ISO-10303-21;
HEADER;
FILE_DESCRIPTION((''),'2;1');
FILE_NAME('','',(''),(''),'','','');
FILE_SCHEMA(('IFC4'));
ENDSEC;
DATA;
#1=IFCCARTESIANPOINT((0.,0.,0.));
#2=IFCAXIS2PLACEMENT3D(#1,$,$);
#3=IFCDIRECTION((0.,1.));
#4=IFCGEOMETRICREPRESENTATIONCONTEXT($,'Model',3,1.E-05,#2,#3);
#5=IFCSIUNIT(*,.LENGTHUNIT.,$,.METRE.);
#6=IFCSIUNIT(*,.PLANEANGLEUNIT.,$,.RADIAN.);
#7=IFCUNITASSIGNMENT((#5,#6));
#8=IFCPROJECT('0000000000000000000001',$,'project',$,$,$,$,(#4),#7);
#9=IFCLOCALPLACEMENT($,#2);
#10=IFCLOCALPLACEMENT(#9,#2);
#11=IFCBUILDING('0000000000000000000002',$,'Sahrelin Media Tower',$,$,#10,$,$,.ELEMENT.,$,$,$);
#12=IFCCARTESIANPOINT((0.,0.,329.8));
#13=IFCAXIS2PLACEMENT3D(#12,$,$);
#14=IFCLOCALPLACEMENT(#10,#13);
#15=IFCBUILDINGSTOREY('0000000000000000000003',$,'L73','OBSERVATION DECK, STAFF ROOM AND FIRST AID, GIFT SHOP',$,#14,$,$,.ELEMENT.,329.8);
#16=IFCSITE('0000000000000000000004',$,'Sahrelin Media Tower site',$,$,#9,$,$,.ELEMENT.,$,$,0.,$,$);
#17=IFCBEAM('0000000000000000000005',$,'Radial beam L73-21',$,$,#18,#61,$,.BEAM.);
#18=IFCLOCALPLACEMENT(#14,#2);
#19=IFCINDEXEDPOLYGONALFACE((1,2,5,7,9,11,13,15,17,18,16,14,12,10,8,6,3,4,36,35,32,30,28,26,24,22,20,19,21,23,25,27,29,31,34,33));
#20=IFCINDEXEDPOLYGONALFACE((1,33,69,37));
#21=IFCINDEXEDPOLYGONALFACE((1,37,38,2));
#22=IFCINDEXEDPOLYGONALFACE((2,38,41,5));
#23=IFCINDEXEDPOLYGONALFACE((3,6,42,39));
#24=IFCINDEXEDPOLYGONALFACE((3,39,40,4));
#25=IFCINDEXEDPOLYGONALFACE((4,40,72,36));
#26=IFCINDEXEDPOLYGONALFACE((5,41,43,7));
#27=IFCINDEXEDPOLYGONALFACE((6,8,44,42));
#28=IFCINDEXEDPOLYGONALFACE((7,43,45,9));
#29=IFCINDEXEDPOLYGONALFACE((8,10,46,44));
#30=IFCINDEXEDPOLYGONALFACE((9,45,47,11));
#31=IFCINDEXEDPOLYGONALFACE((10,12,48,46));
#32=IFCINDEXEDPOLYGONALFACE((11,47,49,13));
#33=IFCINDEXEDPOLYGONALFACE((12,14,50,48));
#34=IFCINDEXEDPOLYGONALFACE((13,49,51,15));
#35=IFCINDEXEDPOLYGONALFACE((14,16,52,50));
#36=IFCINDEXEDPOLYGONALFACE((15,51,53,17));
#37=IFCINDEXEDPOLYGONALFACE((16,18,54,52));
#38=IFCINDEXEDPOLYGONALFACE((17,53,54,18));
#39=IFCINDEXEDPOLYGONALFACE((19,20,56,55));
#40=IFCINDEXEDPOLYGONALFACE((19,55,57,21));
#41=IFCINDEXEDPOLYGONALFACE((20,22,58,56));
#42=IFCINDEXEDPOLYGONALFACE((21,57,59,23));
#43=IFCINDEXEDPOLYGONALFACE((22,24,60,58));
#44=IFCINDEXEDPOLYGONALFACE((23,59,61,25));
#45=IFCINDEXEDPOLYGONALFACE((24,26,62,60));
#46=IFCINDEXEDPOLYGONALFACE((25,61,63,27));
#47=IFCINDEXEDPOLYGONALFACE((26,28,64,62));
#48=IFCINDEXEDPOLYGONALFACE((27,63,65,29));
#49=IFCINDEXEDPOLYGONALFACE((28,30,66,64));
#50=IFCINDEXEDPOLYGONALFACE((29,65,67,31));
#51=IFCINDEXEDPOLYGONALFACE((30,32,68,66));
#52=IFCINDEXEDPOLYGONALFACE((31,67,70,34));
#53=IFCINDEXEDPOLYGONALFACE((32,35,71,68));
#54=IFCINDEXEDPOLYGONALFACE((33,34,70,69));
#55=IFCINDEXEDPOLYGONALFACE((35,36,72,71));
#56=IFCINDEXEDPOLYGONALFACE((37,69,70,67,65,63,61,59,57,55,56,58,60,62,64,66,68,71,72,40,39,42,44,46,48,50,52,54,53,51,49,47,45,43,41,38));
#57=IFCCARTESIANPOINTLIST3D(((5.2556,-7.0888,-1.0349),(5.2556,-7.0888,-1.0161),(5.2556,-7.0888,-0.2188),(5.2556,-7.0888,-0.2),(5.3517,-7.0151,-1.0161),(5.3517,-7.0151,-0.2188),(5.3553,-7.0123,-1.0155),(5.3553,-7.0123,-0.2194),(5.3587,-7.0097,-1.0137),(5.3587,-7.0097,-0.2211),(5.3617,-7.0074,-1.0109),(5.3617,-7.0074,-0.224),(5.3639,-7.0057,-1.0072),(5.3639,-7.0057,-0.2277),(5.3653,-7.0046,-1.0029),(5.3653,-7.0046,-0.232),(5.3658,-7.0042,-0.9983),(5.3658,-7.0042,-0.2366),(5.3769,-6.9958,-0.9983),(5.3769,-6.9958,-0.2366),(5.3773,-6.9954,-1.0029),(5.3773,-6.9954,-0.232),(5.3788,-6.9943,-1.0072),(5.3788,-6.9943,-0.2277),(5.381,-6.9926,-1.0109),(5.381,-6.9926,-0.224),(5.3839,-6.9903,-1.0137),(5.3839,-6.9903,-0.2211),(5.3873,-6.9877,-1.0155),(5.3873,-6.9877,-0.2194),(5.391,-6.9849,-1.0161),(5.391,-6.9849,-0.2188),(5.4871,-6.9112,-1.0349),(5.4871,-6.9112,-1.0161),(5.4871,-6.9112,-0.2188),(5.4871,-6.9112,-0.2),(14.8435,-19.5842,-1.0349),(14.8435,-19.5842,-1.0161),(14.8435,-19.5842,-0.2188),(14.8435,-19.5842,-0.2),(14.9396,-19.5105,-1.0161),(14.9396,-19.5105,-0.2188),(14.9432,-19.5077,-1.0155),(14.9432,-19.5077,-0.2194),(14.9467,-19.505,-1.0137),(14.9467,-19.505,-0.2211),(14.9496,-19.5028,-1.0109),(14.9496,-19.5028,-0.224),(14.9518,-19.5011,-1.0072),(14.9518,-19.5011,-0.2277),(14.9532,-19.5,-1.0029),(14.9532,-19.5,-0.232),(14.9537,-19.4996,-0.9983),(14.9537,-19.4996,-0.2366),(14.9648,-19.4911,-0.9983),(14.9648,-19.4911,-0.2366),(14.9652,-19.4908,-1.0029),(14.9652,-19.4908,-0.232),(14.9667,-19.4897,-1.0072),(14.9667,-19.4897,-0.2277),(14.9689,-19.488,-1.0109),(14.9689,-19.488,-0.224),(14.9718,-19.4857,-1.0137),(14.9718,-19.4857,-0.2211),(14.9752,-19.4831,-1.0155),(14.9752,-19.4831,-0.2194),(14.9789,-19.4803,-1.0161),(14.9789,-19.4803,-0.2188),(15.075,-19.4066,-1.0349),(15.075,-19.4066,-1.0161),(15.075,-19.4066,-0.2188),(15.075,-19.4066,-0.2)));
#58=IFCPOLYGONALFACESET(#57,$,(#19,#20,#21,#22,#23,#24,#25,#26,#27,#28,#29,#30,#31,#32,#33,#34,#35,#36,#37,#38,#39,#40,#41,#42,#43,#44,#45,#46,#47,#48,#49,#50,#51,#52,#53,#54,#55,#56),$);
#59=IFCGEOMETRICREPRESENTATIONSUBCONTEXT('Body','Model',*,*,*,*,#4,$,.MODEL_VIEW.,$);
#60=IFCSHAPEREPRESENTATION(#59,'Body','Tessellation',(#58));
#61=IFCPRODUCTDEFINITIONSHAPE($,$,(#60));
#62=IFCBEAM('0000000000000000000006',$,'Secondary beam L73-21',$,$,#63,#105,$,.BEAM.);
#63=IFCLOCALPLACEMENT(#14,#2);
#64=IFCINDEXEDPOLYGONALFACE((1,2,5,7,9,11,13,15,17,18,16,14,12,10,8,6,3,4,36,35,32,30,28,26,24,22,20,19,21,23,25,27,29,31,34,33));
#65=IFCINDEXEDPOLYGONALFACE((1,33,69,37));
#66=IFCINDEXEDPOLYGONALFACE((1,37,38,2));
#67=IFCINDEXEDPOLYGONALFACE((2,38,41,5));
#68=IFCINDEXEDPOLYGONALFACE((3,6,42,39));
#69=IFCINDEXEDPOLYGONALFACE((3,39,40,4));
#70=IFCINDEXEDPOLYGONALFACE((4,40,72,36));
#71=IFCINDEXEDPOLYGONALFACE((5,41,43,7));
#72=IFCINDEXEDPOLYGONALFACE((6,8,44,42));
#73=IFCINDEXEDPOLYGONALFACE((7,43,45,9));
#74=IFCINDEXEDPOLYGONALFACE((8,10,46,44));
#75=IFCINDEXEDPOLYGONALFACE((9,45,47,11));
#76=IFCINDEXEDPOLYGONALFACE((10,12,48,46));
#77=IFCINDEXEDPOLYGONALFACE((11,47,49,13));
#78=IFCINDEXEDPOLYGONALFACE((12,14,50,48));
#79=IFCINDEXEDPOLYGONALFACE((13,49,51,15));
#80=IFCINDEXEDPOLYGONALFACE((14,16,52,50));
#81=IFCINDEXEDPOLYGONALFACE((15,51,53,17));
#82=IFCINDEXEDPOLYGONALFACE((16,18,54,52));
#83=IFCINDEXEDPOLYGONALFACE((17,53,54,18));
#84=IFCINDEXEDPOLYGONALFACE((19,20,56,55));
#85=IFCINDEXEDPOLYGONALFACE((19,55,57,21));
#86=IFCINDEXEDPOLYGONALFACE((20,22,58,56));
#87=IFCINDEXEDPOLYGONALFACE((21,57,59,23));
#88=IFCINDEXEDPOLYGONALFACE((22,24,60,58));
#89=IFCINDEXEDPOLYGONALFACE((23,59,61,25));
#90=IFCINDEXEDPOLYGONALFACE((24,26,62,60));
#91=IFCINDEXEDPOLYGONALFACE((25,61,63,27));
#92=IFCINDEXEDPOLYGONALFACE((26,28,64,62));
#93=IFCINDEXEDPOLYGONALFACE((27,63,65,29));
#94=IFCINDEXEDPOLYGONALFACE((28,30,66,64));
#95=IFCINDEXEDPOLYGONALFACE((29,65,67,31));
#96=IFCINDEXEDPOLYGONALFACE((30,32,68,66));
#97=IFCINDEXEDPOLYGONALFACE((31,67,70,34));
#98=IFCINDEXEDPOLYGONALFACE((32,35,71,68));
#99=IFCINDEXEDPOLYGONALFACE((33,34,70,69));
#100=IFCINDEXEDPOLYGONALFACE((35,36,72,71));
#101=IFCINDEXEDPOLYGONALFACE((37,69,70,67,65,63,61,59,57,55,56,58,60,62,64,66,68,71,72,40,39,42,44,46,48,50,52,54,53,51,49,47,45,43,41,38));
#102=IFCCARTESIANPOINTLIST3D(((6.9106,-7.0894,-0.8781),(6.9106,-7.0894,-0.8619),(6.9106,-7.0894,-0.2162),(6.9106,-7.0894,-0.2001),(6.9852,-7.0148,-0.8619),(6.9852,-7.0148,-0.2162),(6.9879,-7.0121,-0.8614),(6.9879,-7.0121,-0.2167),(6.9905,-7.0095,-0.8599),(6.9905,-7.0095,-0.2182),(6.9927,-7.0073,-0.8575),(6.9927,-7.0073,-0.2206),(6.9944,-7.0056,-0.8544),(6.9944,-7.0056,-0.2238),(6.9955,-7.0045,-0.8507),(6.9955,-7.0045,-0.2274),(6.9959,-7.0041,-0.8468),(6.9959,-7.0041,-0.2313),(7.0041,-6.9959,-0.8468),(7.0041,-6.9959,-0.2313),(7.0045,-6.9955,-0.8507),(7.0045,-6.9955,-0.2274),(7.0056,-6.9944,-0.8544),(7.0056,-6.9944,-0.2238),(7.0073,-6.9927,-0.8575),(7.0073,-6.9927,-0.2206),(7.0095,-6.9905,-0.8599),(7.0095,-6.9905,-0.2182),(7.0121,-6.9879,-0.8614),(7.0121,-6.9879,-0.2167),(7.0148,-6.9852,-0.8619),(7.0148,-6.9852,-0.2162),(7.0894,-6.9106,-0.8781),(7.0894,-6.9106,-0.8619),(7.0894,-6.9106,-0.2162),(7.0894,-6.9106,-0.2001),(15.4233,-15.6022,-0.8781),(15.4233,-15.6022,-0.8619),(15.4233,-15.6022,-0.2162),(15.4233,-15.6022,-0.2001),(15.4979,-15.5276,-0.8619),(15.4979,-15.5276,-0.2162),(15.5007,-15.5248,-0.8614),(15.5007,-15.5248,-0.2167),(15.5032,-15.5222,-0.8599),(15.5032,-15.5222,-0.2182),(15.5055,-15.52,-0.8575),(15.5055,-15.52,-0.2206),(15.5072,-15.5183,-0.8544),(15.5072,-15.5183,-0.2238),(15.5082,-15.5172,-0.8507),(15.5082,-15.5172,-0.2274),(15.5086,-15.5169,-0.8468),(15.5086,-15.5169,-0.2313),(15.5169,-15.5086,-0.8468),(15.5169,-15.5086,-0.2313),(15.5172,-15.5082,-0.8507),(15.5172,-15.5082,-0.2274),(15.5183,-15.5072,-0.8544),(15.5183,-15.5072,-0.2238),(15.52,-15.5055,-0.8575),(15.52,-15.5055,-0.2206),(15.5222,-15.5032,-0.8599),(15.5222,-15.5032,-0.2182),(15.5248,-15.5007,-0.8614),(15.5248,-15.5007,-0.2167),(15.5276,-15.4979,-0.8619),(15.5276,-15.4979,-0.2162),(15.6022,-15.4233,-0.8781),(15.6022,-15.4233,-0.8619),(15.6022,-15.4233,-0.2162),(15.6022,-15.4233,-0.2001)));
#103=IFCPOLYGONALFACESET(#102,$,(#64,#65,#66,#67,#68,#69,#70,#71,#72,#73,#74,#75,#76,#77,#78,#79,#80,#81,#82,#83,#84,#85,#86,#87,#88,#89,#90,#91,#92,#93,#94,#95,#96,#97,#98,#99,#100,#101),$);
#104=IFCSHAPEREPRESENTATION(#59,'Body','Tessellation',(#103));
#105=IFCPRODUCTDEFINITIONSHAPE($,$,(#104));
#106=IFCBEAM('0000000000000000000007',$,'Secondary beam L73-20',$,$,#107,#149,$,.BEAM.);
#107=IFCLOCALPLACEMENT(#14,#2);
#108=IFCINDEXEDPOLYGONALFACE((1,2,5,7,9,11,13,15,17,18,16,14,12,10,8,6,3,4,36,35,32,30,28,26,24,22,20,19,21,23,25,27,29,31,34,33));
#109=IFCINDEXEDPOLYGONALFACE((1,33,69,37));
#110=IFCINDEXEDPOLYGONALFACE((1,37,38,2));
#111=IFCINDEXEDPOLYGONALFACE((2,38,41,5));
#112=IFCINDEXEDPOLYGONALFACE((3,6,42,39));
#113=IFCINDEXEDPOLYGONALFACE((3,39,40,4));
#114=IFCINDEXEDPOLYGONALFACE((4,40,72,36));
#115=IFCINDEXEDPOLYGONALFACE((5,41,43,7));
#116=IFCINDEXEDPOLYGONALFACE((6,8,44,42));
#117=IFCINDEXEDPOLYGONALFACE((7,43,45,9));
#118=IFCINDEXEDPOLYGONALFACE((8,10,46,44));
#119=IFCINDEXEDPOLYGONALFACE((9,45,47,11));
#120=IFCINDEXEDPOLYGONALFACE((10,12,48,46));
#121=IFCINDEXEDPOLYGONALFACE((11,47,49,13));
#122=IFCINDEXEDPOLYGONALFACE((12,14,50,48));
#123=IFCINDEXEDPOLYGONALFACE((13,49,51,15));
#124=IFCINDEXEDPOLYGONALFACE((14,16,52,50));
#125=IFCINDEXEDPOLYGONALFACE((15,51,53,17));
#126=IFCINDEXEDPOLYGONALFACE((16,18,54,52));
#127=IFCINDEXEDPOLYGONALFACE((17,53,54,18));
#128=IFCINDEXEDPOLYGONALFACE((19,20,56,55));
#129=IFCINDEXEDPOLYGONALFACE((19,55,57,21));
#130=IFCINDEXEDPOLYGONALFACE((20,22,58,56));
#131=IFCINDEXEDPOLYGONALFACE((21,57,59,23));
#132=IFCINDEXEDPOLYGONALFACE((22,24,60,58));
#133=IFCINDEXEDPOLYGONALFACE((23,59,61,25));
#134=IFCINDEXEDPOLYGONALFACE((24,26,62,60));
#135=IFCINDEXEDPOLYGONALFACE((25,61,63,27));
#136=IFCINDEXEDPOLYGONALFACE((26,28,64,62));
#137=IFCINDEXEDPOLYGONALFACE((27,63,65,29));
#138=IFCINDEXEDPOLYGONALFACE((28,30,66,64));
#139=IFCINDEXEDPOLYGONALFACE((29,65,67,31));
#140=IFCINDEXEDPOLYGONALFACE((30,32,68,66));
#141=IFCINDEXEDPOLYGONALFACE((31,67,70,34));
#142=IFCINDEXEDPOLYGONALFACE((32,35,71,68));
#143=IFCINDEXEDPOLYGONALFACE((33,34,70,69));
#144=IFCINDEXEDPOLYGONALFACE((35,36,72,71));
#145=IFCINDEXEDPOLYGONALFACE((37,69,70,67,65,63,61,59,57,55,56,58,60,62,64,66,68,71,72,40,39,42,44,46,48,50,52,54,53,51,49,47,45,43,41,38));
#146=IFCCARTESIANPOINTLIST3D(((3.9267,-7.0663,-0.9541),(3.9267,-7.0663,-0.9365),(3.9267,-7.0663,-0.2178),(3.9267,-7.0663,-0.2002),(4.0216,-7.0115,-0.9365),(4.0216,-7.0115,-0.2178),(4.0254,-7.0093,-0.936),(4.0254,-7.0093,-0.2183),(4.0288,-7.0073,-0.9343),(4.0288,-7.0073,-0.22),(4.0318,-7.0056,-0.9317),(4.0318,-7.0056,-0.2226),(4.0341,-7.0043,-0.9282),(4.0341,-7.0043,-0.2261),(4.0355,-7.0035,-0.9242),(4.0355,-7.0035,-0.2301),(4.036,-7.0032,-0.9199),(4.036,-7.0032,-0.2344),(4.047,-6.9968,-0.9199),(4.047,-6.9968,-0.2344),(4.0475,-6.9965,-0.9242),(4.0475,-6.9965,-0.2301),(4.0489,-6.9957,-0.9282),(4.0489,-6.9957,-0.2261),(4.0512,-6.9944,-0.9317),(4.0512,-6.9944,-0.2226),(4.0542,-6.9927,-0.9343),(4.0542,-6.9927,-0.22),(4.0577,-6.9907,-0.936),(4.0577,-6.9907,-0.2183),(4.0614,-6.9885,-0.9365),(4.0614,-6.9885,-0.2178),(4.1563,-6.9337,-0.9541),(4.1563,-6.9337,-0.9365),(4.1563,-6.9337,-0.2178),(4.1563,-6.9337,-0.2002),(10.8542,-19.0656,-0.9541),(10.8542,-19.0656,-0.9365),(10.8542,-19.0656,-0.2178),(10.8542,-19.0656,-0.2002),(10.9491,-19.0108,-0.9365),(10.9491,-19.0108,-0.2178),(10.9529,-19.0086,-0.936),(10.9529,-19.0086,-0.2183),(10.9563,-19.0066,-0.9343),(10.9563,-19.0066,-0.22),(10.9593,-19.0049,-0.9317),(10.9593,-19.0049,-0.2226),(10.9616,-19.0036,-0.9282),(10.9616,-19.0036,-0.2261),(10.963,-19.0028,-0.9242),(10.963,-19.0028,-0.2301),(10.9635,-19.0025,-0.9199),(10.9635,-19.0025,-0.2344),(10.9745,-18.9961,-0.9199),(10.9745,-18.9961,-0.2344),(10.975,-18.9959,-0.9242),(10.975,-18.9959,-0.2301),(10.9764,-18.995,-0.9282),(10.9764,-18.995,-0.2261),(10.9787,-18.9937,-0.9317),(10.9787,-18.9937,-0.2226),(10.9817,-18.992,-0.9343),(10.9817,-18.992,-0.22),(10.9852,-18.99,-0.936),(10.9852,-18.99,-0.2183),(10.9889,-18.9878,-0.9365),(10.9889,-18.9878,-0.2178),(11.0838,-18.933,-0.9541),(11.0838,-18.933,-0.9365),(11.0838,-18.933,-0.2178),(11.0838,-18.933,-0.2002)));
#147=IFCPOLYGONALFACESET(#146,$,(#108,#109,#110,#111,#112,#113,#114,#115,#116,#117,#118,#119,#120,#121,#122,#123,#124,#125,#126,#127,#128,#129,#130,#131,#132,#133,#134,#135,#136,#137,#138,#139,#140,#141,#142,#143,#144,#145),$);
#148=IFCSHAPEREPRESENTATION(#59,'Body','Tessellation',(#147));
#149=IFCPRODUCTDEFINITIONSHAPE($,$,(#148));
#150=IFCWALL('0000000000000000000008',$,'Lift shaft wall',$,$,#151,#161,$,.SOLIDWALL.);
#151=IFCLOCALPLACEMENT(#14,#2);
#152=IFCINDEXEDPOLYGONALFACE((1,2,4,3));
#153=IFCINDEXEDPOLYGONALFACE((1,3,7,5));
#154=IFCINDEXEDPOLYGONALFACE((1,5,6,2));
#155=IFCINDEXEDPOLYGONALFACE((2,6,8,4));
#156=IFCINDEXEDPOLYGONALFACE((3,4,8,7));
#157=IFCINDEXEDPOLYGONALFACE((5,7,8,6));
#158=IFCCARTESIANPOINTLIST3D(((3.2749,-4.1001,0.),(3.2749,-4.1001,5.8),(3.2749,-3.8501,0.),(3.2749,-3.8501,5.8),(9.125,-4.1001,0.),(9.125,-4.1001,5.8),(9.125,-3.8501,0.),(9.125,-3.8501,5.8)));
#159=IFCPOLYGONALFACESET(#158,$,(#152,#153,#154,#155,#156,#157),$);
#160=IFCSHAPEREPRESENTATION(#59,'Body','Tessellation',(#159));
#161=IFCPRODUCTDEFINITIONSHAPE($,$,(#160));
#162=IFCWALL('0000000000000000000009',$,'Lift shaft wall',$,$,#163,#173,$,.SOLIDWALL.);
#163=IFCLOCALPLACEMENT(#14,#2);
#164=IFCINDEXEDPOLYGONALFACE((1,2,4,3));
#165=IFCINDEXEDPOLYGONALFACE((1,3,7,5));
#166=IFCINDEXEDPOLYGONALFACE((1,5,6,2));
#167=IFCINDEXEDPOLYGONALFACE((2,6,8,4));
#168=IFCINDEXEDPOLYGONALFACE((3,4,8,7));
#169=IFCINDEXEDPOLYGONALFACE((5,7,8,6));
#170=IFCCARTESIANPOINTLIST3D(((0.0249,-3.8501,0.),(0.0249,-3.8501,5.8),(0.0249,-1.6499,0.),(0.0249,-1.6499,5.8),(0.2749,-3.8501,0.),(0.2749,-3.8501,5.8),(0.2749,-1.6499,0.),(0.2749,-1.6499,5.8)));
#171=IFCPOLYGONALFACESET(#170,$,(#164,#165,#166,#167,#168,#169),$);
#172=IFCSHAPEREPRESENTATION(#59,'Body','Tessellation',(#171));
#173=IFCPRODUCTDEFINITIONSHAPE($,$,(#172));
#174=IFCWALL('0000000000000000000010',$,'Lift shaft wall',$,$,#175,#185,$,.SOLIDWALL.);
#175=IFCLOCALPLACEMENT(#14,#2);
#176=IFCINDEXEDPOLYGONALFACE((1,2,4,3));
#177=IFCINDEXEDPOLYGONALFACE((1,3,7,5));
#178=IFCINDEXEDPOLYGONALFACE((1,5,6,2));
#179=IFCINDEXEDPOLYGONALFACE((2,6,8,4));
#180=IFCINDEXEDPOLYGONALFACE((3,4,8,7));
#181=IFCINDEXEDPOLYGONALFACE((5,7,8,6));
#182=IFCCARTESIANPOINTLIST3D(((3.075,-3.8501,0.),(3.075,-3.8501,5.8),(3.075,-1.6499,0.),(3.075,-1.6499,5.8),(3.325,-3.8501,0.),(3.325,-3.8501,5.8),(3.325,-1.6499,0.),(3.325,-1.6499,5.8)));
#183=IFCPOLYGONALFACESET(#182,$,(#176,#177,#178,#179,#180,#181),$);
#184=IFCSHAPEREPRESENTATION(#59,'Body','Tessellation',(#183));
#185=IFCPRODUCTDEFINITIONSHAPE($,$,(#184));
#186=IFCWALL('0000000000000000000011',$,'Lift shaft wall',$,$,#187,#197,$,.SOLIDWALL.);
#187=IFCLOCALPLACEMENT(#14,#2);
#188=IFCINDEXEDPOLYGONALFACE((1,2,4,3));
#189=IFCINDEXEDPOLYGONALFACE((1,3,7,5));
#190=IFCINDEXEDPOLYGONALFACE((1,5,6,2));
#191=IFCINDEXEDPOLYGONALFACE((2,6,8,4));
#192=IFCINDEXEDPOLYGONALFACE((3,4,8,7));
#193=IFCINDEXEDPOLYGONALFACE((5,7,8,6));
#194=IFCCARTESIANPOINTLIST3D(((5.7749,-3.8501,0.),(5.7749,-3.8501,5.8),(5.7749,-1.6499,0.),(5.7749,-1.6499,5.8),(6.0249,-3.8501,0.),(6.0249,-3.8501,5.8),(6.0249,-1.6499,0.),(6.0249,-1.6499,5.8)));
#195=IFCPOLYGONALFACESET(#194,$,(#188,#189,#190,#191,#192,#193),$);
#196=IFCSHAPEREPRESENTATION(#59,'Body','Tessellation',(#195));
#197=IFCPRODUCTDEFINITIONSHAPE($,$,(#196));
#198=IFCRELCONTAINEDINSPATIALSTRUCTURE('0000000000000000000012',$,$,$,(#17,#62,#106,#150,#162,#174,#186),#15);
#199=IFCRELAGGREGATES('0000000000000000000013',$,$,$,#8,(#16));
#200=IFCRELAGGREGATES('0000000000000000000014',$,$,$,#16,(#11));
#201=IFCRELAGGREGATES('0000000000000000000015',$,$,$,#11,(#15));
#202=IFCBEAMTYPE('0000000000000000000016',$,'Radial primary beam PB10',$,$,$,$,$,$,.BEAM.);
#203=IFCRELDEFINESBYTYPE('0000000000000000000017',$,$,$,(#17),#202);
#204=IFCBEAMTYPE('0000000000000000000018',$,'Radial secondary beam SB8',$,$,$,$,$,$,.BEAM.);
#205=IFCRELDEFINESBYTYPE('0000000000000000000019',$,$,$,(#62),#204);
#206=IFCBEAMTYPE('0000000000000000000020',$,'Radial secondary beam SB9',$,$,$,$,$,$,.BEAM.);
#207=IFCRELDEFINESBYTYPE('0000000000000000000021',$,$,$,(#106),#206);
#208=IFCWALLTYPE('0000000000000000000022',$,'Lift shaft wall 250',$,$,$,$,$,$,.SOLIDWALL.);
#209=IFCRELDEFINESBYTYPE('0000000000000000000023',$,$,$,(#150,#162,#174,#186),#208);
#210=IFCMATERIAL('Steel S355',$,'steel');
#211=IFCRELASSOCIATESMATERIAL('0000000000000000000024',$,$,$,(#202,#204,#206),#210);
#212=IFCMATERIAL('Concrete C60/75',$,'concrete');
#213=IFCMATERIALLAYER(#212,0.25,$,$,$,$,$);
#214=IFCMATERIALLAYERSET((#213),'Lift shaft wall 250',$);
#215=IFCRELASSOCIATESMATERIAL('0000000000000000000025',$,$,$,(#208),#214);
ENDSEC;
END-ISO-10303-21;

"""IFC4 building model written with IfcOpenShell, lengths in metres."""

from ifc_helpers import new_model, si_unit, direction, frame, frame_2d, origin, origin_2d, place, context, subcontext, project, spatial, rectangle, i_section, extrude, material, layer, layer_set, material_profile, profile_set, type_object, element, save


model = new_model("IFC4")

# Units and contexts
model_context = context("Model", 3, precision=1e-05, world=origin(), true_north=direction((0.0, 1.0)))
body_context = subcontext(model_context, "Body", "Model", "MODEL_VIEW")
ifc_project = project(units=[si_unit("LENGTHUNIT", "METRE"), si_unit("PLANEANGLEUNIT", "RADIAN")], contexts=[model_context])

# Site, building, storey
site_placement = place(None, origin())
site = spatial("IfcSite", under=ifc_project, at=site_placement, Name="Sahrelin Media Tower site", CompositionType="ELEMENT", RefElevation=0.0)
building_placement = place(site_placement, origin())
building = spatial("IfcBuilding", under=site, at=building_placement, Name="Sahrelin Media Tower", CompositionType="ELEMENT")
storey_placement = place(building_placement, frame((0.0, 0.0, 329.8)))
storey = spatial("IfcBuildingStorey", under=building, at=storey_placement, Name="L73", Description="OBSERVATION DECK, STAFF ROOM AND FIRST AID, GIFT SHOP", CompositionType="ELEMENT", Elevation=329.8)

# Beams
ifc_material_1 = material(Name="Steel S355", Category="steel")
ifc_material_profile_1 = material_profile(ifc_material_1, i_section(OverallWidth=0.2917, OverallDepth=0.835, WebThickness=0.0139, FlangeThickness=0.0188, FilletRadius=0.0178, at=origin_2d()), Name="UB 838x292x176")
ifc_profile_set_1 = profile_set([ifc_material_profile_1], Name="Steel S355")
beam_type_1 = type_object("IfcBeamType", Name="Radial primary beam PB10", PredefinedType="BEAM", material=ifc_profile_set_1)
beam_1_placement = place(storey_placement, frame((5.3713, -7.0, -0.6174), z_axis=(0.608756, -0.793358, 0.0), x_axis=(0.793358, 0.608756, 0.0)))
element("IfcBeam", 1, at=beam_1_placement, inside=storey, type_object=beam_type_1, Name="Radial beam L73-21", PredefinedType="BEAM", context=body_context, shape_type="SweptSolid", body=[
    extrude(i_section(OverallWidth=0.2917, OverallDepth=0.835, WebThickness=0.0139, FlangeThickness=0.0188, FilletRadius=0.0178, at=origin_2d()), origin(), (0.0, 0.0, 1.0), 15.75),
])
ifc_material_profile_2 = material_profile(ifc_material_1, i_section(OverallWidth=0.2529, OverallDepth=0.678, WebThickness=0.0117, FlangeThickness=0.0161, FilletRadius=0.0151, at=origin_2d()), Name="UB 686x254x125")
ifc_profile_set_2 = profile_set([ifc_material_profile_2], Name="Steel S355")
beam_type_2 = type_object("IfcBeamType", Name="Radial secondary beam SB8", PredefinedType="BEAM", material=ifc_profile_set_2)
beam_2_placement = place(storey_placement, frame((7.0, -7.0, -0.5391), z_axis=(0.707107, -0.707107, 0.0), x_axis=(0.707107, 0.707107, 0.0)))
element("IfcBeam", 2, at=beam_2_placement, inside=storey, type_object=beam_type_2, Name="Secondary beam L73-21", PredefinedType="BEAM", context=body_context, shape_type="SweptSolid", body=[
    extrude(i_section(OverallWidth=0.2529, OverallDepth=0.678, WebThickness=0.0117, FlangeThickness=0.0161, FilletRadius=0.0151, at=origin_2d()), origin(), (0.0, 0.0, 1.0), 12.0388),
])
ifc_material_profile_3 = material_profile(ifc_material_1, i_section(OverallWidth=0.2651, OverallDepth=0.7539, WebThickness=0.0127, FlangeThickness=0.0176, FilletRadius=0.0166, at=origin_2d()), Name="UB 762x267x147")
ifc_profile_set_3 = profile_set([ifc_material_profile_3], Name="Steel S355")
beam_type_3 = type_object("IfcBeamType", Name="Radial secondary beam SB9", PredefinedType="BEAM", material=ifc_profile_set_3)
beam_3_placement = place(storey_placement, frame((4.0415, -7.0, -0.5771), z_axis=(0.499984, -0.866034, 0.0), x_axis=(0.866034, 0.499984, 0.0)))
element("IfcBeam", 3, at=beam_3_placement, inside=storey, type_object=beam_type_3, Name="Secondary beam L73-20", PredefinedType="BEAM", context=body_context, shape_type="SweptSolid", body=[
    extrude(i_section(OverallWidth=0.2651, OverallDepth=0.7539, WebThickness=0.0127, FlangeThickness=0.0176, FilletRadius=0.0166, at=origin_2d()), origin(), (0.0, 0.0, 1.0), 13.8555),
])

# Walls
ifc_material_2 = material(Name="Concrete C60/75", Category="concrete")
ifc_layer_1 = layer(ifc_material_2, 0.25)
ifc_layer_set_1 = layer_set([ifc_layer_1], Name="Lift shaft wall 250")
wall_type_1 = type_object("IfcWallType", Name="Lift shaft wall 250", PredefinedType="SOLIDWALL", material=ifc_layer_set_1)
wall_1_placement = place(storey_placement, frame((3.2749, -3.9751, 0.0), z_axis=(0.0, 0.0, 1.0), x_axis=(1.0, 0.0, 0.0)))
element("IfcWall", 4, at=wall_1_placement, inside=storey, type_object=wall_type_1, Name="Lift shaft wall", PredefinedType="SOLIDWALL", context=body_context, shape_type="SweptSolid", body=[
    extrude(rectangle(XDim=5.8501, YDim=0.25, at=frame_2d((2.925, 0.0))), origin(), (0.0, 0.0, 1.0), 5.8),
])
for number, where, z_axis, x_axis, name in (
    (5, (0.1499, -3.8501, 0.0), (0.0, 0.0, 1.0), (0.0, 1.0, 0.0), "Lift shaft wall"),
    (6, (3.2, -3.8501, 0.0), (0.0, 0.0, 1.0), (0.0, 1.0, 0.0), "Lift shaft wall"),
    (7, (5.8999, -3.8501, 0.0), (0.0, 0.0, 1.0), (0.0, 1.0, 0.0), "Lift shaft wall"),
):
    element("IfcWall", number, at=place(storey_placement, frame(where, z_axis=z_axis, x_axis=x_axis)), inside=storey, type_object=wall_type_1, Name=name, PredefinedType="SOLIDWALL", context=body_context, shape_type="SweptSolid", body=[
        extrude(rectangle(XDim=2.2002, YDim=0.25, at=frame_2d((1.1001, 0.0))), origin(), (0.0, 0.0, 1.0), 5.8),
    ])

save(model, "model.ifc")
